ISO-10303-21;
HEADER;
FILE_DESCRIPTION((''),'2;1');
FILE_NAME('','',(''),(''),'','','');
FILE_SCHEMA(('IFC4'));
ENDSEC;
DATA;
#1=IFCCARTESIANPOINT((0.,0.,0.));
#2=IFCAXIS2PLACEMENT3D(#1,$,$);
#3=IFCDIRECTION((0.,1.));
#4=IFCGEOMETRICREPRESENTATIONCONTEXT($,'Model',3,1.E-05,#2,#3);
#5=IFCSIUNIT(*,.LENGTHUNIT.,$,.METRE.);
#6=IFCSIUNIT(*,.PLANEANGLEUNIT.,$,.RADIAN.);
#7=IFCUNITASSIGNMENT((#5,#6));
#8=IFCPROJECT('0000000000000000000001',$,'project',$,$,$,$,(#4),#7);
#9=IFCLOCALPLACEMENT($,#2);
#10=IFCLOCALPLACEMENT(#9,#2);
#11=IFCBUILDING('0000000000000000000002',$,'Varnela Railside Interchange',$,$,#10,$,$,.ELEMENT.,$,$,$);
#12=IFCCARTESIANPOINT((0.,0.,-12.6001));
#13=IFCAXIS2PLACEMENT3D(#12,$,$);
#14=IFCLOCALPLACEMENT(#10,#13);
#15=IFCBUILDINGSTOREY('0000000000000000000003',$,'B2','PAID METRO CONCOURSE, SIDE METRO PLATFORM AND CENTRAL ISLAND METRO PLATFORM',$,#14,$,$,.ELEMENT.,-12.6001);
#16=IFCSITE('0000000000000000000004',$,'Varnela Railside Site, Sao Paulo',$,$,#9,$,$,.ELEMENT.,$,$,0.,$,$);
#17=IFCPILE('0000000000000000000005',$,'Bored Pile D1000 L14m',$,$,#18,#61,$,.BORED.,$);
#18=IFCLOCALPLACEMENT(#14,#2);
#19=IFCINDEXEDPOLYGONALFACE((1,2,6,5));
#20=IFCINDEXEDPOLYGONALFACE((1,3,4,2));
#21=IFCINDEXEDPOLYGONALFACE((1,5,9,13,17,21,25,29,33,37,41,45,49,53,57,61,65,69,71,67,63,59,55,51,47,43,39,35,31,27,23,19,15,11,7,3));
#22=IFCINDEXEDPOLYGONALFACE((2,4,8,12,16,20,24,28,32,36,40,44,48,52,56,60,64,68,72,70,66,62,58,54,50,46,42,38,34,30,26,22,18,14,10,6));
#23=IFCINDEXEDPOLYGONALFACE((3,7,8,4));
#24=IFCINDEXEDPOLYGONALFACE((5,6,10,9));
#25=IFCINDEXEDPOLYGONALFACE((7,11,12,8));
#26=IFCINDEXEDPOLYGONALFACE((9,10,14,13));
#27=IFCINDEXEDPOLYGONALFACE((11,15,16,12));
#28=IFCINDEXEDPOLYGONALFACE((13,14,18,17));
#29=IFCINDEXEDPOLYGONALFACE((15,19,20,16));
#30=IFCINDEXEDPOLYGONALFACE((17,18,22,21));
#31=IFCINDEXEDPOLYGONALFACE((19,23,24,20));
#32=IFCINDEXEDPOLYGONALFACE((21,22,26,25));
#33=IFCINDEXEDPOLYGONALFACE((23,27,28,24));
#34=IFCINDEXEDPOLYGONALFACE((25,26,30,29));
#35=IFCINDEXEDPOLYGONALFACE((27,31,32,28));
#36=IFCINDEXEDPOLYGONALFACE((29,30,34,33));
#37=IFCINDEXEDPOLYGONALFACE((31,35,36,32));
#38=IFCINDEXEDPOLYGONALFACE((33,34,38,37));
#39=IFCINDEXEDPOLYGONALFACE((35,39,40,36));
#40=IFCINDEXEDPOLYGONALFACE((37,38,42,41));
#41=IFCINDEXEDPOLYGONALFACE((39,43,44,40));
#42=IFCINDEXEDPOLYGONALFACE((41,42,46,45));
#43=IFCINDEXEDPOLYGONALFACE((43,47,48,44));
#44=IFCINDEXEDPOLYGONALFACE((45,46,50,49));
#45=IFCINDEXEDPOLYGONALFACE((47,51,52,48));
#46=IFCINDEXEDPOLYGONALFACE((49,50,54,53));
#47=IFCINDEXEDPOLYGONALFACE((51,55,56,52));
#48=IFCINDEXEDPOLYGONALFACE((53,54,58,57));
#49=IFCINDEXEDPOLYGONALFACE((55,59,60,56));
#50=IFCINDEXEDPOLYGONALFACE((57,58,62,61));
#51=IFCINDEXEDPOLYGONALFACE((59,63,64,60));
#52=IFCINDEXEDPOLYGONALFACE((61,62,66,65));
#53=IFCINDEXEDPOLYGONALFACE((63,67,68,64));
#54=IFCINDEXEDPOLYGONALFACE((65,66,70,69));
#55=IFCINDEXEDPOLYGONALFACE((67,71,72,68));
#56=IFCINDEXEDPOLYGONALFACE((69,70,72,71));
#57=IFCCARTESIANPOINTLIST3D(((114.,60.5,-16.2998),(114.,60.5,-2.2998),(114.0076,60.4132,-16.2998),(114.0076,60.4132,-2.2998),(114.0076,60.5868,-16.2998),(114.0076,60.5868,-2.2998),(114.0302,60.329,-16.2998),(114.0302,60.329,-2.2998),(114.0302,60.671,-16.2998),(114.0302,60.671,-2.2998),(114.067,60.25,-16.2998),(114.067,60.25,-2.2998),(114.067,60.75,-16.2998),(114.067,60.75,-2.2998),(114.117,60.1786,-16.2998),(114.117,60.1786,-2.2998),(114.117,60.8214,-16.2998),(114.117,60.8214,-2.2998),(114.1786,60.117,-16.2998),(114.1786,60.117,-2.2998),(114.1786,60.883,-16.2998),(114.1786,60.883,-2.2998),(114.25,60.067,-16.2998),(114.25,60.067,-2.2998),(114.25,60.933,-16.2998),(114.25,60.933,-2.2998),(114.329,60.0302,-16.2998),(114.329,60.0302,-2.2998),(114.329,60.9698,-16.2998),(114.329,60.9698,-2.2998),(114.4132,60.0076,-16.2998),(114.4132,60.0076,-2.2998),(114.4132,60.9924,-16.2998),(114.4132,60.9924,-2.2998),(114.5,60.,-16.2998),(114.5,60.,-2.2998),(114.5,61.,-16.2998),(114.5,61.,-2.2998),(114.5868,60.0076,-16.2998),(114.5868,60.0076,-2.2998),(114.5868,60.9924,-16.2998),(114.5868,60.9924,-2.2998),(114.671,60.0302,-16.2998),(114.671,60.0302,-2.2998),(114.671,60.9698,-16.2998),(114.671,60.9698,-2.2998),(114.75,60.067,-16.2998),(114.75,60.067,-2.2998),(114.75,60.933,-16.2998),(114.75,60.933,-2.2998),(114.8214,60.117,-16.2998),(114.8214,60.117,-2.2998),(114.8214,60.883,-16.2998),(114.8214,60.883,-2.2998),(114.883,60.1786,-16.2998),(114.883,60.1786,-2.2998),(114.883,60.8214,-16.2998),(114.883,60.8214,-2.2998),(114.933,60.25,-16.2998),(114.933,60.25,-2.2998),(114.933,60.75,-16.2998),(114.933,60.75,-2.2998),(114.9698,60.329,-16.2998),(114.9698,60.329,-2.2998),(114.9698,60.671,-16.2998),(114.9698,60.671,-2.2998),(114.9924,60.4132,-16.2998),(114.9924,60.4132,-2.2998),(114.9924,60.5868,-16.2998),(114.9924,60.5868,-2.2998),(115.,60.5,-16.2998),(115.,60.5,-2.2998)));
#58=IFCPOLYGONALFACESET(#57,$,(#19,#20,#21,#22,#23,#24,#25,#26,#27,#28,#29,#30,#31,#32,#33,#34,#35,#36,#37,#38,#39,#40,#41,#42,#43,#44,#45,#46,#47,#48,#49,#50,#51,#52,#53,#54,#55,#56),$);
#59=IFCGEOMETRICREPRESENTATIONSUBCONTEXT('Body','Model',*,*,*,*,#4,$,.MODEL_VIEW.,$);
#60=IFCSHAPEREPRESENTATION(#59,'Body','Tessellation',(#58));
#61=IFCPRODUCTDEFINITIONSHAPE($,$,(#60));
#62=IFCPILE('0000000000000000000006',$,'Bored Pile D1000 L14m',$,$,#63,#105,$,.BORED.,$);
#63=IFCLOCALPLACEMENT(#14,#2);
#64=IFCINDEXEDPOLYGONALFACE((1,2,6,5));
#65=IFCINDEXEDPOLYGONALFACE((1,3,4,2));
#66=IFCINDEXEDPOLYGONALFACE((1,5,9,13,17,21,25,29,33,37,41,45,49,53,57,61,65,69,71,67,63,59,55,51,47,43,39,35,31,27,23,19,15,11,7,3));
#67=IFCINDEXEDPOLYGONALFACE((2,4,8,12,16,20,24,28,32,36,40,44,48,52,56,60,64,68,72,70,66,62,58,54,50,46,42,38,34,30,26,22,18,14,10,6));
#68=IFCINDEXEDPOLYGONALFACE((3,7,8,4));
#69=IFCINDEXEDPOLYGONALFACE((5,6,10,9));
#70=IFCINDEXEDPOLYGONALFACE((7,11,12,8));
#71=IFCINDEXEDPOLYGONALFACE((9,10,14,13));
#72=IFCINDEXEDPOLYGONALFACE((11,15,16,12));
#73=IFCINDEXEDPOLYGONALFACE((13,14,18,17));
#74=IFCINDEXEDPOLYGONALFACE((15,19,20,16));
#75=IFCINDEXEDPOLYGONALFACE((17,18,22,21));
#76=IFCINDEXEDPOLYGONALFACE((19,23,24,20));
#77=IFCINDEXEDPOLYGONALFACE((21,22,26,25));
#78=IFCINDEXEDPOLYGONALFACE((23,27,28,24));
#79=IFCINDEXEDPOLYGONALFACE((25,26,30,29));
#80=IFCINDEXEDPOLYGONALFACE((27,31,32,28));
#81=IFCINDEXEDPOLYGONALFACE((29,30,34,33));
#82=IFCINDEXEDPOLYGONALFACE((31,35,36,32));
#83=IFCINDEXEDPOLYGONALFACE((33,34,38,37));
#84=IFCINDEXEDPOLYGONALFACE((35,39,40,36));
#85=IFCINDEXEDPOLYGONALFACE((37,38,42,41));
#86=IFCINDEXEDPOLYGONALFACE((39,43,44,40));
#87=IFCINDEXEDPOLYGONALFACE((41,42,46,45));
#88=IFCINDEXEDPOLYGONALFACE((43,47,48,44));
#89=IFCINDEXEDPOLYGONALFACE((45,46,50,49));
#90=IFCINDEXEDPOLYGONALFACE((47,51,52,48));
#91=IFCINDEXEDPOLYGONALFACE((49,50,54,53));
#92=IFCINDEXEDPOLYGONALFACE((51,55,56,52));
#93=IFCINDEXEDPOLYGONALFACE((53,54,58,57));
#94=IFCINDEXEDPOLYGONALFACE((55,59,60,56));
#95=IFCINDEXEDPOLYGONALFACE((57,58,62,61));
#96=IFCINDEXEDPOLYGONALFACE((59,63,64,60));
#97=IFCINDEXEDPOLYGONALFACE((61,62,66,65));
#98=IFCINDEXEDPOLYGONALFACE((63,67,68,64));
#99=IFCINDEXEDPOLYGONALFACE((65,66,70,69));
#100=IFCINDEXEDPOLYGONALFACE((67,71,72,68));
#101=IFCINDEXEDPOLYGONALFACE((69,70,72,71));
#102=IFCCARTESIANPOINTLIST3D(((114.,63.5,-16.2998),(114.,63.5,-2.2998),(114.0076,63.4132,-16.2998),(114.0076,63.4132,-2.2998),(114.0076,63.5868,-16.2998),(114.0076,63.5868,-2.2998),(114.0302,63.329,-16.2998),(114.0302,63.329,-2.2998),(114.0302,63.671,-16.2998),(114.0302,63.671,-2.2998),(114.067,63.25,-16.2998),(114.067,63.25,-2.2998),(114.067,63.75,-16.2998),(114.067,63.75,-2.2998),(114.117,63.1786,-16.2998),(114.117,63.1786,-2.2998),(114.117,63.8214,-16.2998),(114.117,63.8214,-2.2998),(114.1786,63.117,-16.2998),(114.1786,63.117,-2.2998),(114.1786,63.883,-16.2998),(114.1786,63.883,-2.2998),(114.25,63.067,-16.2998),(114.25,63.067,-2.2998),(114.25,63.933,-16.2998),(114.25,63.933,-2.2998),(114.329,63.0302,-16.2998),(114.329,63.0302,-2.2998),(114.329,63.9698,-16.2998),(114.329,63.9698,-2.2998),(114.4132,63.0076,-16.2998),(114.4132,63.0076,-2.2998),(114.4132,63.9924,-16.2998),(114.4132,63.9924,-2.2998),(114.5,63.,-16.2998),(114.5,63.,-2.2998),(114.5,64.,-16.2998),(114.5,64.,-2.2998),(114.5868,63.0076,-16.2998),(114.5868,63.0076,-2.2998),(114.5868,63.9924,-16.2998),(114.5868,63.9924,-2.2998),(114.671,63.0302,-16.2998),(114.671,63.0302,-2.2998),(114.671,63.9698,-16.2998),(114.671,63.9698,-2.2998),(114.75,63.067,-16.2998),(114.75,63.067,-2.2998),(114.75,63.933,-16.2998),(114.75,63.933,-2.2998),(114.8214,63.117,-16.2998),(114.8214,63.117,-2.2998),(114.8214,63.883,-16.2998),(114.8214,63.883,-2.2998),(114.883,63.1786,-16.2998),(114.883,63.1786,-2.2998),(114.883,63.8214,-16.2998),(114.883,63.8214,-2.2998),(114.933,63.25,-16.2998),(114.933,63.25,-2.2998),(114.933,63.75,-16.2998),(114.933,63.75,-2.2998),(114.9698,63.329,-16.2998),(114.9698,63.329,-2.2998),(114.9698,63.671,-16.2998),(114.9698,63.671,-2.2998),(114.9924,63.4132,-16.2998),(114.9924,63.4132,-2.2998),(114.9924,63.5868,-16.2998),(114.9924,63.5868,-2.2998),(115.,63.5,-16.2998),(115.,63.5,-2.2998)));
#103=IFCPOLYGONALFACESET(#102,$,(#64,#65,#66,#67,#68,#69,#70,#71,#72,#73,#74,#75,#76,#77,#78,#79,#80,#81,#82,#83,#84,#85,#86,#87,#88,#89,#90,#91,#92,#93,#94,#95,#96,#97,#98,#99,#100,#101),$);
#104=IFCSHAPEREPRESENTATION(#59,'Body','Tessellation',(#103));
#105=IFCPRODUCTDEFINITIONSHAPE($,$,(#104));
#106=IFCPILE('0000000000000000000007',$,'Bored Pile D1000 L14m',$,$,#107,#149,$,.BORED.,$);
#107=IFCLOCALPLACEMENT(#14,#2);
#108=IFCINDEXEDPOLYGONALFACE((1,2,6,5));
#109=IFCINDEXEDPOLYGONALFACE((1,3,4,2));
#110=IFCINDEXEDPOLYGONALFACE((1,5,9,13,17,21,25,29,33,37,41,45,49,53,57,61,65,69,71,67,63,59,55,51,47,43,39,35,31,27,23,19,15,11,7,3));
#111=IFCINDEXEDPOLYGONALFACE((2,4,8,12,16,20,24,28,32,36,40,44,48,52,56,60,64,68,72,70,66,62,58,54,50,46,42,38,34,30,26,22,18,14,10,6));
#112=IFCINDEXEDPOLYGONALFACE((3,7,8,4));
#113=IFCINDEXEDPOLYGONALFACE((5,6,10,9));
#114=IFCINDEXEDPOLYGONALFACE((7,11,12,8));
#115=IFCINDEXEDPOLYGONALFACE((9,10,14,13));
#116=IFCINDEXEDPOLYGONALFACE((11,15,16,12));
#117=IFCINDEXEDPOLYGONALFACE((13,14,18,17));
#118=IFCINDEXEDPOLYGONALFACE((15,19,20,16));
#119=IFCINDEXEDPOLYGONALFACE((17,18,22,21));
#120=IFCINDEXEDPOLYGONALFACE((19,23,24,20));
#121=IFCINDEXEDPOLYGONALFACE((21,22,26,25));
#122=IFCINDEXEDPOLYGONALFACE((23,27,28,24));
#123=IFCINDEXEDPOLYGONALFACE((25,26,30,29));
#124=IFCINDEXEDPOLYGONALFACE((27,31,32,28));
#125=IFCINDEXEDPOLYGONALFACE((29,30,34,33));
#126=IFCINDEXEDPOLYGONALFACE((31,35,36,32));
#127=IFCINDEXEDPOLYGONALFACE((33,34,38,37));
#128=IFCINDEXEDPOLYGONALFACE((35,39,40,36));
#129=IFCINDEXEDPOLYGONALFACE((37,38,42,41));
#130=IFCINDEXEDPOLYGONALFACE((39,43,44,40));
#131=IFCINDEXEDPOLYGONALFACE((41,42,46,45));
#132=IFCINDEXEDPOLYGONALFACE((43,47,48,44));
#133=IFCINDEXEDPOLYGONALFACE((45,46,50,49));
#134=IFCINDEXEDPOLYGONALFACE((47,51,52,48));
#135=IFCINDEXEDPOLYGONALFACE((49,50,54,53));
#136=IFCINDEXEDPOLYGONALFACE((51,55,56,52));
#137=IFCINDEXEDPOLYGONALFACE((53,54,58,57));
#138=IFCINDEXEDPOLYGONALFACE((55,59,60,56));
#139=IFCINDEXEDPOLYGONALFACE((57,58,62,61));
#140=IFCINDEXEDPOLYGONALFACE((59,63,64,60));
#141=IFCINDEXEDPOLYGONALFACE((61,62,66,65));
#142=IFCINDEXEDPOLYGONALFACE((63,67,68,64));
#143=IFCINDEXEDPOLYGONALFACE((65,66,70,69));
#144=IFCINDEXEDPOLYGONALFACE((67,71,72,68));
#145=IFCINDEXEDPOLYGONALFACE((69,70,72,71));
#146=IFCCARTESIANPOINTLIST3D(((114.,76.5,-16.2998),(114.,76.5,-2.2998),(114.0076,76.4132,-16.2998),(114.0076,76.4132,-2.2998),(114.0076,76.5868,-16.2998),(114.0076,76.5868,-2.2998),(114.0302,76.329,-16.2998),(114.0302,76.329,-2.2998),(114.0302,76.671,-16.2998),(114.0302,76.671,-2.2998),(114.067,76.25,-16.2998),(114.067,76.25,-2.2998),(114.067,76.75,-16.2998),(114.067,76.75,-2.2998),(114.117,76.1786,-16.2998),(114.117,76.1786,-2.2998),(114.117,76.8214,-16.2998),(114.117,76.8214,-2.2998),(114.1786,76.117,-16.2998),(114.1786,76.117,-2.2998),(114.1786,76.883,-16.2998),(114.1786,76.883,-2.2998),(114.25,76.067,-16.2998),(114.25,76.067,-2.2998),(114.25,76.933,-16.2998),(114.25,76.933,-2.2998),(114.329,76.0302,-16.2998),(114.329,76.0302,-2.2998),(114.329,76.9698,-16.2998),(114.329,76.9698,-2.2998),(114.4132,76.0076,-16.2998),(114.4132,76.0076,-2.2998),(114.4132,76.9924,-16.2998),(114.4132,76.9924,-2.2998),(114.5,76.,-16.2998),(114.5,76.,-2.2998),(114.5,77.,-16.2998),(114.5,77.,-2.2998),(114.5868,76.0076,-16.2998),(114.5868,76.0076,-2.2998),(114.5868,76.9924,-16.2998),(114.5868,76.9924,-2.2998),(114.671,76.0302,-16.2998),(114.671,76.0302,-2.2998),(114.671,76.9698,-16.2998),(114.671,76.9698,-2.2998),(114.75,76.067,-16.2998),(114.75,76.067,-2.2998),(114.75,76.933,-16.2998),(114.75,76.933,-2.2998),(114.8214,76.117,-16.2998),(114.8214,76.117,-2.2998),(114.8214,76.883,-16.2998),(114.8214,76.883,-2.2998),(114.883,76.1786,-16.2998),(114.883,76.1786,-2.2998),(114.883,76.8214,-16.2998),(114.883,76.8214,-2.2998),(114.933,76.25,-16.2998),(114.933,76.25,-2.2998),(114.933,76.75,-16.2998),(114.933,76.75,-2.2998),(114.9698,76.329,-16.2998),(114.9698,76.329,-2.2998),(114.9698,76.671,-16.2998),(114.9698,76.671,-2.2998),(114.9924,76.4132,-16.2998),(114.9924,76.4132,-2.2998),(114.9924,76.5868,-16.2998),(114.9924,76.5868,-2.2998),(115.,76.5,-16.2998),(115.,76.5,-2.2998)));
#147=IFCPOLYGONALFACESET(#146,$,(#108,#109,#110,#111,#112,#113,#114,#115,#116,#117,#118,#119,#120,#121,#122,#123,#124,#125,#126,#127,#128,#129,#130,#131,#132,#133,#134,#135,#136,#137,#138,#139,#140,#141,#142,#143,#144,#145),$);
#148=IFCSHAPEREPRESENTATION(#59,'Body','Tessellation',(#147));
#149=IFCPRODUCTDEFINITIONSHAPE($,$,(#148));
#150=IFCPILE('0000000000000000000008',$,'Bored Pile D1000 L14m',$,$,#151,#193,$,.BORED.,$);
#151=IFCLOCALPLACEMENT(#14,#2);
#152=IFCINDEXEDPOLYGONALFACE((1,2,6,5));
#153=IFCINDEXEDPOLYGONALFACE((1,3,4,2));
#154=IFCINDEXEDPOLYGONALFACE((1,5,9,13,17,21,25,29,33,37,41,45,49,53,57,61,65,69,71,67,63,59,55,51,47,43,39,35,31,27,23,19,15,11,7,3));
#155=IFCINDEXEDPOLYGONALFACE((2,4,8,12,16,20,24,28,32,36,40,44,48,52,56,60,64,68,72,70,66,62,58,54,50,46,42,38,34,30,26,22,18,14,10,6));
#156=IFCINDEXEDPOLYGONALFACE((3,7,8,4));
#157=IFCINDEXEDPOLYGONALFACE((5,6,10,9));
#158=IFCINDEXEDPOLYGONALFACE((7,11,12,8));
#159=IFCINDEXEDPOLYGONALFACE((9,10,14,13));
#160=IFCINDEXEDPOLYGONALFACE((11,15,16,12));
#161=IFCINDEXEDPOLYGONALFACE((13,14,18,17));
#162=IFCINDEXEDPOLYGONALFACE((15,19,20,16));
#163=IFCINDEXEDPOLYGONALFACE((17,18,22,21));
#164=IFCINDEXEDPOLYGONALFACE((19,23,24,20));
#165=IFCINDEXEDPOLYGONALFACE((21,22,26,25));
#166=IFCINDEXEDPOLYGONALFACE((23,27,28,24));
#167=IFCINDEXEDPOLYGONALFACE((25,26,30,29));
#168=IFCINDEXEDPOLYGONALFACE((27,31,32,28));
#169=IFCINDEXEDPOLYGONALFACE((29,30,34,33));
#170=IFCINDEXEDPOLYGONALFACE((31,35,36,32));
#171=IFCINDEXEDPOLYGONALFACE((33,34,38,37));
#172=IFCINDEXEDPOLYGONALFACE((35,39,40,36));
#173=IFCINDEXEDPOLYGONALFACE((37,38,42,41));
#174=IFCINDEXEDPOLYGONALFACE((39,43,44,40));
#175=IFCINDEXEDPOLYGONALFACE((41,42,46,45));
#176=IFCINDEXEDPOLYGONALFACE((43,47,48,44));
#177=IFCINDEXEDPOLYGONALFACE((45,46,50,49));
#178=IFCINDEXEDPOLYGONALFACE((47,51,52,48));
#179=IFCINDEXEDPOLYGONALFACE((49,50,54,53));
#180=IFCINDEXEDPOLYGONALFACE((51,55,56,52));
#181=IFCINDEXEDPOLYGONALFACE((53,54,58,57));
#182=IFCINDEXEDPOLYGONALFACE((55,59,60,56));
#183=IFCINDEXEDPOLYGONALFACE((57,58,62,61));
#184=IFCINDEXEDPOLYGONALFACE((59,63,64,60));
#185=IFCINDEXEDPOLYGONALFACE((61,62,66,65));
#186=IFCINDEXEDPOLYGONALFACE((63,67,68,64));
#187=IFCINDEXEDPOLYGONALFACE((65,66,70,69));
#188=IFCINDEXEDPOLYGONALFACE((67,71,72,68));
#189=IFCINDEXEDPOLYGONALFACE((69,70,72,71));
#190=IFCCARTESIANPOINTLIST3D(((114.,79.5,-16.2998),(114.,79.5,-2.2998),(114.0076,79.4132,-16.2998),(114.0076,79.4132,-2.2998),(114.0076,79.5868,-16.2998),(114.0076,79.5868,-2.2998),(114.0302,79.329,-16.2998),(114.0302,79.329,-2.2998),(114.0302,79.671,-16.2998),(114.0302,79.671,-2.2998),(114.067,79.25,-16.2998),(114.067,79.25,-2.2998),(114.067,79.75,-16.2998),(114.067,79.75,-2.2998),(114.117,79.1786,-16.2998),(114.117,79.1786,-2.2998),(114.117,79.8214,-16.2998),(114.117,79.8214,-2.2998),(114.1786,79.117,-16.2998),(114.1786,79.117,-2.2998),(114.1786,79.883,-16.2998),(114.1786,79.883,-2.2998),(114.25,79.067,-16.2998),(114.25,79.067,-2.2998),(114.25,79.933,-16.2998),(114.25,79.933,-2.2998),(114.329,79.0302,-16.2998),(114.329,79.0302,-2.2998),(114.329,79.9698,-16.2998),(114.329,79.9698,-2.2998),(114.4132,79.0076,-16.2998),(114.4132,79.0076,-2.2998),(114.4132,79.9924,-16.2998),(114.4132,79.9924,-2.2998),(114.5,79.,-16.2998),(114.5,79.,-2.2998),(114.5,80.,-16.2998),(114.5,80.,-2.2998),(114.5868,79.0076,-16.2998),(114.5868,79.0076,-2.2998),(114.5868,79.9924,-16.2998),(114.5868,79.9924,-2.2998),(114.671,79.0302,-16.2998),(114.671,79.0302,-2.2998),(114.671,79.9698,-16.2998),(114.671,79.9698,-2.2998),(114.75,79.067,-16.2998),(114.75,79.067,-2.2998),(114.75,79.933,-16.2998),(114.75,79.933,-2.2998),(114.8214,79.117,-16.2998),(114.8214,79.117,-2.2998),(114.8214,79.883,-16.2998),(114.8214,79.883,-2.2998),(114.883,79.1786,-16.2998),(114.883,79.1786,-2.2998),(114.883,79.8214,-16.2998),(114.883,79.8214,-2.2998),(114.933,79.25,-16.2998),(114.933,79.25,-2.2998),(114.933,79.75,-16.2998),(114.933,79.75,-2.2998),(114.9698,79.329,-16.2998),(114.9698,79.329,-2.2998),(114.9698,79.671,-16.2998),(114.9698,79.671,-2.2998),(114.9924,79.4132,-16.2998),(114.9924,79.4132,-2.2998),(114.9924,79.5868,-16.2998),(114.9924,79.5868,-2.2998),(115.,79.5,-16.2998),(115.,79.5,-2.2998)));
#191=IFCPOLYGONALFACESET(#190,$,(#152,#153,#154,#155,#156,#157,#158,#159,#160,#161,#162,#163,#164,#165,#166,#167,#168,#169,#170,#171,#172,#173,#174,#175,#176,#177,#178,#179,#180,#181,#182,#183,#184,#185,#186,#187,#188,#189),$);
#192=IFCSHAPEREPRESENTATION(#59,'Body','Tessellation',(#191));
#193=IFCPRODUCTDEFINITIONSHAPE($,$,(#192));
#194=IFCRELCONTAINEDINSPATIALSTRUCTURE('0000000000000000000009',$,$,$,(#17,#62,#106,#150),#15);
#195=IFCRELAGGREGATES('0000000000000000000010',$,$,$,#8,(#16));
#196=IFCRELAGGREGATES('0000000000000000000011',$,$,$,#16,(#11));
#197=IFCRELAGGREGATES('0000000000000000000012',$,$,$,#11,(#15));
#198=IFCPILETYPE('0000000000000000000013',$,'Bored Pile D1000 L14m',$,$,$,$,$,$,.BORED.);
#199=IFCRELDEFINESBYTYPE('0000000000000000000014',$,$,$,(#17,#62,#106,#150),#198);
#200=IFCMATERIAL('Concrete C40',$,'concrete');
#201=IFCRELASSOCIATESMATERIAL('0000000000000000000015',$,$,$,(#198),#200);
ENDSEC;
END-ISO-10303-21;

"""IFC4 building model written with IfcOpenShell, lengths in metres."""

from ifc_helpers import new_model, si_unit, direction, frame, origin, origin_2d, place, context, subcontext, project, spatial, circle, extrude, material, material_profile, profile_set, type_object, element, save


model = new_model("IFC4")

# Units and contexts
model_context = context("Model", 3, precision=1e-05, world=origin(), true_north=direction((0.0, 1.0)))
body_context = subcontext(model_context, "Body", "Model", "MODEL_VIEW")
ifc_project = project(units=[si_unit("LENGTHUNIT", "METRE"), si_unit("PLANEANGLEUNIT", "RADIAN")], contexts=[model_context])

# Site, building, storey
site_placement = place(None, origin())
site = spatial("IfcSite", under=ifc_project, at=site_placement, Name="Varnela Railside Site, Sao Paulo", CompositionType="ELEMENT", RefElevation=0.0)
building_placement = place(site_placement, origin())
building = spatial("IfcBuilding", under=site, at=building_placement, Name="Varnela Railside Interchange", CompositionType="ELEMENT")
storey_placement = place(building_placement, frame((0.0, 0.0, -12.6001)))
storey = spatial("IfcBuildingStorey", under=building, at=storey_placement, Name="B2", Description="PAID METRO CONCOURSE, SIDE METRO PLATFORM AND CENTRAL ISLAND METRO PLATFORM", CompositionType="ELEMENT", Elevation=-12.6001)

# Piles
ifc_material_1 = material(Name="Concrete C40", Category="concrete")
ifc_material_profile_1 = material_profile(ifc_material_1, circle(Radius=0.5, at=origin_2d()), Name="BORED PILE D1000")
ifc_profile_set_1 = profile_set([ifc_material_profile_1], Name="Concrete C40")
pile_type_1 = type_object("IfcPileType", Name="Bored Pile D1000 L14m", PredefinedType="BORED", material=ifc_profile_set_1)
for number, where, z_axis, x_axis, name in (
    (1, (114.5, 60.5, -2.2998), (0.0, 0.0, -1.0), (1.0, 0.0, 0.0), "Bored Pile D1000 L14m"),
    (2, (114.5, 63.5, -2.2998), (0.0, 0.0, -1.0), (1.0, 0.0, 0.0), "Bored Pile D1000 L14m"),
    (3, (114.5, 76.5, -2.2998), (0.0, 0.0, -1.0), (1.0, 0.0, 0.0), "Bored Pile D1000 L14m"),
    (4, (114.5, 79.5, -2.2998), (0.0, 0.0, -1.0), (1.0, 0.0, 0.0), "Bored Pile D1000 L14m"),
):
    element("IfcPile", number, at=place(storey_placement, frame(where, z_axis=z_axis, x_axis=x_axis)), inside=storey, type_object=pile_type_1, Name=name, PredefinedType="BORED", context=body_context, shape_type="SweptSolid", body=[
        extrude(circle(Radius=0.5, at=origin_2d()), origin(), (0.0, 0.0, 1.0), 14.0),
    ])

save(model, "model.ifc")
